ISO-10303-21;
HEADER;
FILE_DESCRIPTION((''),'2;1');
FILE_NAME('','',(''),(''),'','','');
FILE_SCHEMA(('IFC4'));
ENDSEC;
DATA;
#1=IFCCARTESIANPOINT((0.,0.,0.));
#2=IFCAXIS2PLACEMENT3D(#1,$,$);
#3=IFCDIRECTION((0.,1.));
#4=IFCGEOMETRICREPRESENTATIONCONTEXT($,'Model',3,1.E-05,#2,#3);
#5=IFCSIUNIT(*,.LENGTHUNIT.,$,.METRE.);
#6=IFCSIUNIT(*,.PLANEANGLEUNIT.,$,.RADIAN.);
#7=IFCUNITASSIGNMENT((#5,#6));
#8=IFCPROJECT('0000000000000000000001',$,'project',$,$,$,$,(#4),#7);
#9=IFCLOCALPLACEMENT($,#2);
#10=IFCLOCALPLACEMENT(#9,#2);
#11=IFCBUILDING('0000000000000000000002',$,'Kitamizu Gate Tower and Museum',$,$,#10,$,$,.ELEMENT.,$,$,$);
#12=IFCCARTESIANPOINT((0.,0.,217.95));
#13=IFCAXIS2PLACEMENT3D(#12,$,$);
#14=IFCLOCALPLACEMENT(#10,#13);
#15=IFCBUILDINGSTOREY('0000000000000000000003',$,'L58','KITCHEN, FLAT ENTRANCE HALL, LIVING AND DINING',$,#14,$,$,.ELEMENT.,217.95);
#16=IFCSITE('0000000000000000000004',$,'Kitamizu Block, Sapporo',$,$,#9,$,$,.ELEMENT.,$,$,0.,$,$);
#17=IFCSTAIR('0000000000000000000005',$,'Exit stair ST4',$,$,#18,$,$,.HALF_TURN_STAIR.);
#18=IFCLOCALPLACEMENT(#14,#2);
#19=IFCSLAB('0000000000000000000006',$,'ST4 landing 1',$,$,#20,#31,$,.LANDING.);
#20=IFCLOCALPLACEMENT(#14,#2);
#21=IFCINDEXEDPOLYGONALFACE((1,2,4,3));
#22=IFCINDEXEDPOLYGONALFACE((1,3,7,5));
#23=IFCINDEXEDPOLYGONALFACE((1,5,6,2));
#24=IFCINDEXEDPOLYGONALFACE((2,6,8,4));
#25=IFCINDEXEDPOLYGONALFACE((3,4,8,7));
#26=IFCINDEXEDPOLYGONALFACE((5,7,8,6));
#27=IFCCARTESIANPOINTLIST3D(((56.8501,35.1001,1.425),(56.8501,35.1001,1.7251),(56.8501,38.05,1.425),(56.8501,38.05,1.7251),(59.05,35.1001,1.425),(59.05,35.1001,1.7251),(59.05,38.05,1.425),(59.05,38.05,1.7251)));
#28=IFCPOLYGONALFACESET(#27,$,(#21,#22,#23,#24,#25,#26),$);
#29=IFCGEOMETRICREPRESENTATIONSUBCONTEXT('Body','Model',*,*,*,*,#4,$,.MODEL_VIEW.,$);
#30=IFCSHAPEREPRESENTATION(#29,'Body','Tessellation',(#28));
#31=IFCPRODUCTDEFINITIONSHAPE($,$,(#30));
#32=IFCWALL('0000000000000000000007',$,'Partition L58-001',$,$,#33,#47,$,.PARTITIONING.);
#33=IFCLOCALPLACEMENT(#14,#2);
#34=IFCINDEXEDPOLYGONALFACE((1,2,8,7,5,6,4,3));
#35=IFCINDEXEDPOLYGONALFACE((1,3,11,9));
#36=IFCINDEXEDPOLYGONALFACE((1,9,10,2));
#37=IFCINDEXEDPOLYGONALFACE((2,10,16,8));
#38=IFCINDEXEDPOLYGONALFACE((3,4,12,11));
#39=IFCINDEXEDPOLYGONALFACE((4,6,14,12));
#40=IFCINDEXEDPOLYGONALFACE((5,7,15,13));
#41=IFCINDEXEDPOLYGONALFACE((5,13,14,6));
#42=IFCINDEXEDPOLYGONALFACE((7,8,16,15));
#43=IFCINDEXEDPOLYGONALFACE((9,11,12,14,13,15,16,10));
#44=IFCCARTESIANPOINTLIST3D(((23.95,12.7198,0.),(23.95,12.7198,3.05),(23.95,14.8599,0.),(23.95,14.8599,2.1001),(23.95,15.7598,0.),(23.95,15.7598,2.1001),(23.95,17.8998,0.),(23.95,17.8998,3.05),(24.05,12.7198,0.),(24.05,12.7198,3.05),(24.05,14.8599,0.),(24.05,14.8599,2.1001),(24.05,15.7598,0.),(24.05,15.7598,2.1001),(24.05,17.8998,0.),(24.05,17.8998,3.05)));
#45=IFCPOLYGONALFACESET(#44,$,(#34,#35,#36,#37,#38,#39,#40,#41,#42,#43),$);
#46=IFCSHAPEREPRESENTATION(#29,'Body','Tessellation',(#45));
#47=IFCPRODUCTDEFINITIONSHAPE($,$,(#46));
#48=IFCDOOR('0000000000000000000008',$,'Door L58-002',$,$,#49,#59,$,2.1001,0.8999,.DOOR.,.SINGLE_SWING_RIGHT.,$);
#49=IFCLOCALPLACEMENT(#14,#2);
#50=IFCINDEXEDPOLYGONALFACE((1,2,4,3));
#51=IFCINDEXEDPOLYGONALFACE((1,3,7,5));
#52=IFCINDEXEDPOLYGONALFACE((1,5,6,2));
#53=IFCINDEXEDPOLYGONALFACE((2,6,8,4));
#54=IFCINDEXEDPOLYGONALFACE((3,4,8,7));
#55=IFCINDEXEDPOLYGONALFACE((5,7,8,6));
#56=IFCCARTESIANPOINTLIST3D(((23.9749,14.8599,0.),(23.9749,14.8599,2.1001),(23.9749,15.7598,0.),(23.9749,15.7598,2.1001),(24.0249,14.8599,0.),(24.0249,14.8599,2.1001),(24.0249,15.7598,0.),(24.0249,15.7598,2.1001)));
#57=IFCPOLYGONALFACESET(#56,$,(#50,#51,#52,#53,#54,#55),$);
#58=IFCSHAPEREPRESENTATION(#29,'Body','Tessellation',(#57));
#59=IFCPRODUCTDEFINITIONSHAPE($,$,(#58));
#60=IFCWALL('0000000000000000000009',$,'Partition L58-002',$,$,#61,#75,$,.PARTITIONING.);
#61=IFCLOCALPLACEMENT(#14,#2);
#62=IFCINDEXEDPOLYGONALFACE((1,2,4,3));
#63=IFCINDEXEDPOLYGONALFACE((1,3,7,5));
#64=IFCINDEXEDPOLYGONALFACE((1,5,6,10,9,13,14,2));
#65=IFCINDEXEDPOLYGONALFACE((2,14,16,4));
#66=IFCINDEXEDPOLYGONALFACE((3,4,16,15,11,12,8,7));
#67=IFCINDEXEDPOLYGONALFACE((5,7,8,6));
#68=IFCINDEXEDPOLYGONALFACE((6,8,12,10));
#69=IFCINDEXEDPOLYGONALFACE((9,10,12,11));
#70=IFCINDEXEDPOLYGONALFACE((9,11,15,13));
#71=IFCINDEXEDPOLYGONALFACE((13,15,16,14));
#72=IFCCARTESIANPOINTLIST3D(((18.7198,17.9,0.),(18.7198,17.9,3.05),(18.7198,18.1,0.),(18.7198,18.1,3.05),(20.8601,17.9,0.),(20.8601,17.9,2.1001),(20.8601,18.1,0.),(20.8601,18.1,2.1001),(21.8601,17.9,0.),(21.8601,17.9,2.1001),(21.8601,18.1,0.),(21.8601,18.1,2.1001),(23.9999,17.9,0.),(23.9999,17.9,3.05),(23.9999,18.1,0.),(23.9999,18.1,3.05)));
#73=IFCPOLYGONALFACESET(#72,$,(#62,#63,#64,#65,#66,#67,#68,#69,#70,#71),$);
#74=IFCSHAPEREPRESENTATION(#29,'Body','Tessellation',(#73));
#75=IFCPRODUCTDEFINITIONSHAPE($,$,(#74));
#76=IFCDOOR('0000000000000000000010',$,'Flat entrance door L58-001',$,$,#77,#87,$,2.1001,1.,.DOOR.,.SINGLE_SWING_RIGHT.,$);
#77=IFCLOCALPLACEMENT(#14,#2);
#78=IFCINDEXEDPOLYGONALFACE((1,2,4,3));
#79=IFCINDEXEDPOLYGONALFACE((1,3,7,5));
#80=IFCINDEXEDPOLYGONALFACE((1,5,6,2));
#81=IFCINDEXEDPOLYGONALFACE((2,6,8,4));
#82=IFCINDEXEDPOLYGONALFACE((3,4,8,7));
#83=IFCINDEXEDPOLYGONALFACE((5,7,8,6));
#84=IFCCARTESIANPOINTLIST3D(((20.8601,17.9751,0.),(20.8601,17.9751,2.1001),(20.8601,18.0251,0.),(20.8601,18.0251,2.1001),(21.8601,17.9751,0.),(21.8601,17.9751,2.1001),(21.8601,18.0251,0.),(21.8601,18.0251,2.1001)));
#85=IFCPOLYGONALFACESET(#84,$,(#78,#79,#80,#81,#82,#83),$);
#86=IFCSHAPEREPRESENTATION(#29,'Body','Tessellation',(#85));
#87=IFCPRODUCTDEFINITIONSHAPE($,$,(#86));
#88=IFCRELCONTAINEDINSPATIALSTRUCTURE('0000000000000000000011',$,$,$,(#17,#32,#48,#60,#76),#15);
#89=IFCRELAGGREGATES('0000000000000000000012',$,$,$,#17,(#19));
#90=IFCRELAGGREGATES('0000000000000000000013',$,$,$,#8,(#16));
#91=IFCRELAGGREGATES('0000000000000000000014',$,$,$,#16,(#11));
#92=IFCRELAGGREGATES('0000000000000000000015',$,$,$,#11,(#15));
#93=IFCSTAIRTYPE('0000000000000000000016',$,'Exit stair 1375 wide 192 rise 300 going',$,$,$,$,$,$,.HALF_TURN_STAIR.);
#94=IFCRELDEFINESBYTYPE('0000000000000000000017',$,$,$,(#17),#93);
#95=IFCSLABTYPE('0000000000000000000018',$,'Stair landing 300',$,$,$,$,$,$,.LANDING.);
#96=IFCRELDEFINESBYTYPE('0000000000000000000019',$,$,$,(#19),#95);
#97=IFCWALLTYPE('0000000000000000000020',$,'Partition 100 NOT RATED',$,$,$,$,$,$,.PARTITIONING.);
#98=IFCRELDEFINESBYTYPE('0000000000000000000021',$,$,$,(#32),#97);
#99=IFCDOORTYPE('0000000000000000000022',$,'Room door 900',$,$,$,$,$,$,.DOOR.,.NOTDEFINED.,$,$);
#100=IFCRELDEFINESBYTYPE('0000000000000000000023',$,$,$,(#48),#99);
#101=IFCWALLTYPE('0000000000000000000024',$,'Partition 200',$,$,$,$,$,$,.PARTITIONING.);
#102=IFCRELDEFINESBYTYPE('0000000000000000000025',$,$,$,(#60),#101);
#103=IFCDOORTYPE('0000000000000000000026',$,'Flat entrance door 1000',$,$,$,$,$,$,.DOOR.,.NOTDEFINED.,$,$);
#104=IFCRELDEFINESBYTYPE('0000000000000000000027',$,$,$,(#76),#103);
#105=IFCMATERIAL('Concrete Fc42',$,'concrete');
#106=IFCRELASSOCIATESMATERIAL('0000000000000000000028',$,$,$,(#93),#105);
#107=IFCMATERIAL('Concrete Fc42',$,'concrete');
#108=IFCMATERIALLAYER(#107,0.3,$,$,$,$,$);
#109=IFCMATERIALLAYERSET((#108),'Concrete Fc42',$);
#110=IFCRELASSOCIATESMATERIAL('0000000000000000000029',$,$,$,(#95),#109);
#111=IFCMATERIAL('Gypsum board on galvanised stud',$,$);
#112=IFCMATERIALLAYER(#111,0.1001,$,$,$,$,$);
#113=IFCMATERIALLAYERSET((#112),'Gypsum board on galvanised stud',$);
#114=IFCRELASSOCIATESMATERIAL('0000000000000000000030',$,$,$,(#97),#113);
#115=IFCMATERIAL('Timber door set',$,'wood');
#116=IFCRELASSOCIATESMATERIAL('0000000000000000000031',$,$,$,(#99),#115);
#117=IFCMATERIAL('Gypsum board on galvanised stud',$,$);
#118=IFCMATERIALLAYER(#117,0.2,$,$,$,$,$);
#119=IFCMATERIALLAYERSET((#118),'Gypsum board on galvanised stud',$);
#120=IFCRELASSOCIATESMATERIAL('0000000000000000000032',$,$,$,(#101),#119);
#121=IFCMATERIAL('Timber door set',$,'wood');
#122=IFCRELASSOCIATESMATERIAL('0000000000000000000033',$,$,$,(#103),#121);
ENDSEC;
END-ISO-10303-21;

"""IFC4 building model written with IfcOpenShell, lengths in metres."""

from ifc_helpers import new_model, si_unit, direction, frame, frame_2d, origin, place, context, subcontext, project, spatial, polyline, rectangle, outline, extrude, material, layer, layer_set, type_object, element, fill, aggregate, save


model = new_model("IFC4")

# Units and contexts
model_context = context("Model", 3, precision=1e-05, world=origin(), true_north=direction((0.0, 1.0)))
body_context = subcontext(model_context, "Body", "Model", "MODEL_VIEW")
ifc_project = project(units=[si_unit("LENGTHUNIT", "METRE"), si_unit("PLANEANGLEUNIT", "RADIAN")], contexts=[model_context])

# Site, building, storey
site_placement = place(None, origin())
site = spatial("IfcSite", under=ifc_project, at=site_placement, Name="Kitamizu Block, Sapporo", CompositionType="ELEMENT", RefElevation=0.0)
building_placement = place(site_placement, origin())
building = spatial("IfcBuilding", under=site, at=building_placement, Name="Kitamizu Gate Tower and Museum", CompositionType="ELEMENT")
storey_placement = place(building_placement, frame((0.0, 0.0, 217.95)))
storey = spatial("IfcBuildingStorey", under=building, at=storey_placement, Name="L58", Description="KITCHEN, FLAT ENTRANCE HALL, LIVING AND DINING", CompositionType="ELEMENT", Elevation=217.95)

# Stair, slab
ifc_material_1 = material(Name="Concrete Fc42", Category="concrete")
stair_type = type_object("IfcStairType", Name="Exit stair 1375 wide 192 rise 300 going", PredefinedType="HALF_TURN_STAIR", material=ifc_material_1)
ifc_material_2 = material(Name="Concrete Fc42", Category="concrete")
ifc_layer_1 = layer(ifc_material_2, 0.3)
ifc_layer_set_1 = layer_set([ifc_layer_1], Name="Concrete Fc42")
slab_type_1 = type_object("IfcSlabType", Name="Stair landing 300", PredefinedType="LANDING", material=ifc_layer_set_1)
stair_1_placement = place(storey_placement, origin())
stair_1 = element("IfcStair", 1, at=stair_1_placement, inside=storey, type_object=stair_type, Name="Exit stair ST4", PredefinedType="HALF_TURN_STAIR")
slab_1_placement = place(storey_placement, frame((0.0, 0.0, 1.425)))
slab_1 = element("IfcSlab", 2, at=slab_1_placement, type_object=slab_type_1, Name="ST4 landing 1", PredefinedType="LANDING", context=body_context, shape_type="SweptSolid", body=[
    extrude(outline(polyline([(56.8501, 35.1001), (59.05, 35.1001), (59.05, 38.05), (56.8501, 38.05), (56.8501, 35.1001)])), origin(), (0.0, 0.0, 1.0), 0.3),
])
aggregate(stair_1, [slab_1])

# Walls, openings, doors
ifc_material_3 = material(Name="Gypsum board on galvanised stud")
ifc_layer_2 = layer(ifc_material_3, 0.1001)
ifc_layer_set_2 = layer_set([ifc_layer_2], Name="Gypsum board on galvanised stud")
wall_type_1 = type_object("IfcWallType", Name="Partition 100 NOT RATED", PredefinedType="PARTITIONING", material=ifc_layer_set_2)
wall_1_placement = place(storey_placement, frame((24.0, 12.72, 0.0), z_axis=(0.0, 0.0, 1.0), x_axis=(0.0, 1.0, 0.0)))
wall_1 = element("IfcWall", 3, at=wall_1_placement, inside=storey, type_object=wall_type_1, Name="Partition L58-001", PredefinedType="PARTITIONING", context=body_context, shape_type="SweptSolid", body=[
    extrude(rectangle(XDim=5.1799, YDim=0.1001, at=frame_2d((2.5898, 0.0))), origin(), (0.0, 0.0, 1.0), 3.05),
])
opening_1_placement = place(wall_1_placement, frame((2.1399, 0.0, 0.0)))
opening_1 = element("IfcOpeningElement", 4, at=opening_1_placement, cuts=wall_1, PredefinedType="OPENING", context=body_context, shape_type="SweptSolid", body=[
    extrude(rectangle(XDim=0.8999, YDim=2.1001, at=frame_2d((0.45, 1.05))), frame((0.0, 0.0601, 0.0), z_axis=(0.0, -1.0, 0.0), x_axis=(1.0, 0.0, 0.0)), (0.0, 0.0, 1.0), 0.1201),
])
ifc_material_4 = material(Name="Timber door set", Category="wood")
door_type_1 = type_object("IfcDoorType", Name="Room door 900", OperationType="NOTDEFINED", PredefinedType="DOOR", material=ifc_material_4)
door_1_placement = place(opening_1_placement, frame((0.8999, 0.0, 0.0), x_axis=(-1.0, 0.0, 0.0)))
door_1 = element("IfcDoor", 5, at=door_1_placement, inside=storey, type_object=door_type_1, Name="Door L58-002", OperationType="SINGLE_SWING_RIGHT", OverallHeight=2.1001, OverallWidth=0.8999, PredefinedType="DOOR", context=body_context, shape_type="SweptSolid", body=[
    extrude(rectangle(XDim=0.8999, YDim=2.1001, at=frame_2d((0.45, 1.05))), frame((0.0, 0.0249, 0.0), z_axis=(0.0, -1.0, 0.0), x_axis=(1.0, 0.0, 0.0)), (0.0, 0.0, 1.0), 0.05),
])
fill(opening_1, door_1)
ifc_material_5 = material(Name="Gypsum board on galvanised stud")
ifc_layer_3 = layer(ifc_material_5, 0.2)
ifc_layer_set_3 = layer_set([ifc_layer_3], Name="Gypsum board on galvanised stud")
wall_type_2 = type_object("IfcWallType", Name="Partition 200", PredefinedType="PARTITIONING", material=ifc_layer_set_3)
wall_2_placement = place(storey_placement, frame((24.0, 18.0, 0.0), z_axis=(0.0, 0.0, 1.0), x_axis=(-1.0, 0.0, 0.0)))
wall_2 = element("IfcWall", 6, at=wall_2_placement, inside=storey, type_object=wall_type_2, Name="Partition L58-002", PredefinedType="PARTITIONING", context=body_context, shape_type="SweptSolid", body=[
    extrude(rectangle(XDim=5.28, YDim=0.2, at=frame_2d((2.6401, 0.0))), origin(), (0.0, 0.0, 1.0), 3.05),
])
opening_2_placement = place(wall_2_placement, frame((2.1399, 0.0, 0.0)))
opening_2 = element("IfcOpeningElement", 7, at=opening_2_placement, cuts=wall_2, PredefinedType="OPENING", context=body_context, shape_type="SweptSolid", body=[
    extrude(rectangle(XDim=1.0, YDim=2.1001, at=frame_2d((0.5, 1.05))), frame((0.0, 0.1099, 0.0), z_axis=(0.0, -1.0, 0.0), x_axis=(1.0, 0.0, 0.0)), (0.0, 0.0, 1.0), 0.22),
])
ifc_material_6 = material(Name="Timber door set", Category="wood")
door_type_2 = type_object("IfcDoorType", Name="Flat entrance door 1000", OperationType="NOTDEFINED", PredefinedType="DOOR", material=ifc_material_6)
door_2_placement = place(opening_2_placement, origin())
door_2 = element("IfcDoor", 8, at=door_2_placement, inside=storey, type_object=door_type_2, Name="Flat entrance door L58-001", OperationType="SINGLE_SWING_RIGHT", OverallHeight=2.1001, OverallWidth=1.0, PredefinedType="DOOR", context=body_context, shape_type="SweptSolid", body=[
    extrude(rectangle(XDim=1.0, YDim=2.1001, at=frame_2d((0.5, 1.05))), frame((0.0, 0.0249, 0.0), z_axis=(0.0, -1.0, 0.0), x_axis=(1.0, 0.0, 0.0)), (0.0, 0.0, 1.0), 0.05),
])
fill(opening_2, door_2)

save(model, "model.ifc")
